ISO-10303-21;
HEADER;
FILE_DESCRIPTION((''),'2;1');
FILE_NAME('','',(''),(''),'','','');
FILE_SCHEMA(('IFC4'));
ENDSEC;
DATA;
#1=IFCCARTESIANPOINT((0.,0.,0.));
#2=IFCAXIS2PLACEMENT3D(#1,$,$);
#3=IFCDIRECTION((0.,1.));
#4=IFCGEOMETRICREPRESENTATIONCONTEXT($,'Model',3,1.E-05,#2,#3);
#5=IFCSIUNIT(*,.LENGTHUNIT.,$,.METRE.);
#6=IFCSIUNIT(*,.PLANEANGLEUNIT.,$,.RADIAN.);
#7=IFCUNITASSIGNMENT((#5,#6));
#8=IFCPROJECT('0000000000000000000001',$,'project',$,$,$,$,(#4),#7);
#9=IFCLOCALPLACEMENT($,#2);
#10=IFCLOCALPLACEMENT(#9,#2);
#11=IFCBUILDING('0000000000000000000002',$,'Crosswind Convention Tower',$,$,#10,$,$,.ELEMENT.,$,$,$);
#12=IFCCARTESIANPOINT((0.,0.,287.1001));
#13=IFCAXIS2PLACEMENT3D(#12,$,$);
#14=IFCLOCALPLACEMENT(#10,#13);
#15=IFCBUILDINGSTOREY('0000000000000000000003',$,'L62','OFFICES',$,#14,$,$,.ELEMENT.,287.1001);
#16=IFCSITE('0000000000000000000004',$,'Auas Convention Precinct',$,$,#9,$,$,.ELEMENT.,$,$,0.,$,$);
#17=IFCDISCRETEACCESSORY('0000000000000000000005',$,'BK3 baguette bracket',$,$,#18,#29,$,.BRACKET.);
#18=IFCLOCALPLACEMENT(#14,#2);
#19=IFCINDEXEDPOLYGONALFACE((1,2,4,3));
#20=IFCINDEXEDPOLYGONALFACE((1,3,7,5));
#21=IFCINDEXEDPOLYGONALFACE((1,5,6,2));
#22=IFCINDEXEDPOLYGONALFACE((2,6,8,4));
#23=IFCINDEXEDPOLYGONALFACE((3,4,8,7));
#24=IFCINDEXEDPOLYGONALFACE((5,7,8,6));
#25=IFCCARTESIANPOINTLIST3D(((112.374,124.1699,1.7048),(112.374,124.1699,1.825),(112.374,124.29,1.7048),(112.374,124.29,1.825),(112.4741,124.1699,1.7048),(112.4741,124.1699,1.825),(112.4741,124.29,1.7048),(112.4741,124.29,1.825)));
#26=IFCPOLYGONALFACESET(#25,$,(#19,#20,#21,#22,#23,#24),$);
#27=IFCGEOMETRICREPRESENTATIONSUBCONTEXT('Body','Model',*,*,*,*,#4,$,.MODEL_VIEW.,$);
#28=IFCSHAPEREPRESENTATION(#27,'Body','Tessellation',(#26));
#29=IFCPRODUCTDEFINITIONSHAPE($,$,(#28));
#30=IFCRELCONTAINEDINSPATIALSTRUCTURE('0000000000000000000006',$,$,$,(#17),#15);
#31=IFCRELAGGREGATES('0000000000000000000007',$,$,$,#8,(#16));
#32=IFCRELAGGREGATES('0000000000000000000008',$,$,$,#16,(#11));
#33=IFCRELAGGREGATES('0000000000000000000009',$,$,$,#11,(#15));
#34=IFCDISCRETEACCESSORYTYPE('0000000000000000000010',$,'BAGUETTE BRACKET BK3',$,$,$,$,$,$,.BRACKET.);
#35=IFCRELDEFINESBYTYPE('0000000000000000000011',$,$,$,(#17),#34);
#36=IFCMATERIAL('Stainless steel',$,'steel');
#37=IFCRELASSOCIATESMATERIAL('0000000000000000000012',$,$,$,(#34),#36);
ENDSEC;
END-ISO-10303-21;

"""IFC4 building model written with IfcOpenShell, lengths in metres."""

from ifc_helpers import new_model, si_unit, direction, frame, origin, origin_2d, place, context, subcontext, project, spatial, rectangle, extrude, material, type_object, element, save


model = new_model("IFC4")

# Units and contexts
model_context = context("Model", 3, precision=1e-05, world=origin(), true_north=direction((0.0, 1.0)))
body_context = subcontext(model_context, "Body", "Model", "MODEL_VIEW")
ifc_project = project(units=[si_unit("LENGTHUNIT", "METRE"), si_unit("PLANEANGLEUNIT", "RADIAN")], contexts=[model_context])

# Site, building, storey
site_placement = place(None, origin())
site = spatial("IfcSite", under=ifc_project, at=site_placement, Name="Auas Convention Precinct", CompositionType="ELEMENT", RefElevation=0.0)
building_placement = place(site_placement, origin())
building = spatial("IfcBuilding", under=site, at=building_placement, Name="Crosswind Convention Tower", CompositionType="ELEMENT")
storey_placement = place(building_placement, frame((0.0, 0.0, 287.1001)))
storey = spatial("IfcBuildingStorey", under=building, at=storey_placement, Name="L62", Description="OFFICES", CompositionType="ELEMENT", Elevation=287.1001)

# Discrete accessory
ifc_material_1 = material(Name="Stainless steel", Category="steel")
discrete_accessory_type = type_object("IfcDiscreteAccessoryType", Name="BAGUETTE BRACKET BK3", PredefinedType="BRACKET", material=ifc_material_1)
discrete_accessory_placement = place(storey_placement, frame((112.4241, 124.23, 1.7048), z_axis=(0.0, 0.0, 1.0), x_axis=(0.0, -1.0, 0.0)))
element("IfcDiscreteAccessory", 1, at=discrete_accessory_placement, inside=storey, type_object=discrete_accessory_type, Name="BK3 baguette bracket", PredefinedType="BRACKET", context=body_context, shape_type="SweptSolid", body=[
    extrude(rectangle(XDim=0.1201, YDim=0.1001, at=origin_2d()), origin(), (0.0, 0.0, 1.0), 0.1201),
])

save(model, "model.ifc")
